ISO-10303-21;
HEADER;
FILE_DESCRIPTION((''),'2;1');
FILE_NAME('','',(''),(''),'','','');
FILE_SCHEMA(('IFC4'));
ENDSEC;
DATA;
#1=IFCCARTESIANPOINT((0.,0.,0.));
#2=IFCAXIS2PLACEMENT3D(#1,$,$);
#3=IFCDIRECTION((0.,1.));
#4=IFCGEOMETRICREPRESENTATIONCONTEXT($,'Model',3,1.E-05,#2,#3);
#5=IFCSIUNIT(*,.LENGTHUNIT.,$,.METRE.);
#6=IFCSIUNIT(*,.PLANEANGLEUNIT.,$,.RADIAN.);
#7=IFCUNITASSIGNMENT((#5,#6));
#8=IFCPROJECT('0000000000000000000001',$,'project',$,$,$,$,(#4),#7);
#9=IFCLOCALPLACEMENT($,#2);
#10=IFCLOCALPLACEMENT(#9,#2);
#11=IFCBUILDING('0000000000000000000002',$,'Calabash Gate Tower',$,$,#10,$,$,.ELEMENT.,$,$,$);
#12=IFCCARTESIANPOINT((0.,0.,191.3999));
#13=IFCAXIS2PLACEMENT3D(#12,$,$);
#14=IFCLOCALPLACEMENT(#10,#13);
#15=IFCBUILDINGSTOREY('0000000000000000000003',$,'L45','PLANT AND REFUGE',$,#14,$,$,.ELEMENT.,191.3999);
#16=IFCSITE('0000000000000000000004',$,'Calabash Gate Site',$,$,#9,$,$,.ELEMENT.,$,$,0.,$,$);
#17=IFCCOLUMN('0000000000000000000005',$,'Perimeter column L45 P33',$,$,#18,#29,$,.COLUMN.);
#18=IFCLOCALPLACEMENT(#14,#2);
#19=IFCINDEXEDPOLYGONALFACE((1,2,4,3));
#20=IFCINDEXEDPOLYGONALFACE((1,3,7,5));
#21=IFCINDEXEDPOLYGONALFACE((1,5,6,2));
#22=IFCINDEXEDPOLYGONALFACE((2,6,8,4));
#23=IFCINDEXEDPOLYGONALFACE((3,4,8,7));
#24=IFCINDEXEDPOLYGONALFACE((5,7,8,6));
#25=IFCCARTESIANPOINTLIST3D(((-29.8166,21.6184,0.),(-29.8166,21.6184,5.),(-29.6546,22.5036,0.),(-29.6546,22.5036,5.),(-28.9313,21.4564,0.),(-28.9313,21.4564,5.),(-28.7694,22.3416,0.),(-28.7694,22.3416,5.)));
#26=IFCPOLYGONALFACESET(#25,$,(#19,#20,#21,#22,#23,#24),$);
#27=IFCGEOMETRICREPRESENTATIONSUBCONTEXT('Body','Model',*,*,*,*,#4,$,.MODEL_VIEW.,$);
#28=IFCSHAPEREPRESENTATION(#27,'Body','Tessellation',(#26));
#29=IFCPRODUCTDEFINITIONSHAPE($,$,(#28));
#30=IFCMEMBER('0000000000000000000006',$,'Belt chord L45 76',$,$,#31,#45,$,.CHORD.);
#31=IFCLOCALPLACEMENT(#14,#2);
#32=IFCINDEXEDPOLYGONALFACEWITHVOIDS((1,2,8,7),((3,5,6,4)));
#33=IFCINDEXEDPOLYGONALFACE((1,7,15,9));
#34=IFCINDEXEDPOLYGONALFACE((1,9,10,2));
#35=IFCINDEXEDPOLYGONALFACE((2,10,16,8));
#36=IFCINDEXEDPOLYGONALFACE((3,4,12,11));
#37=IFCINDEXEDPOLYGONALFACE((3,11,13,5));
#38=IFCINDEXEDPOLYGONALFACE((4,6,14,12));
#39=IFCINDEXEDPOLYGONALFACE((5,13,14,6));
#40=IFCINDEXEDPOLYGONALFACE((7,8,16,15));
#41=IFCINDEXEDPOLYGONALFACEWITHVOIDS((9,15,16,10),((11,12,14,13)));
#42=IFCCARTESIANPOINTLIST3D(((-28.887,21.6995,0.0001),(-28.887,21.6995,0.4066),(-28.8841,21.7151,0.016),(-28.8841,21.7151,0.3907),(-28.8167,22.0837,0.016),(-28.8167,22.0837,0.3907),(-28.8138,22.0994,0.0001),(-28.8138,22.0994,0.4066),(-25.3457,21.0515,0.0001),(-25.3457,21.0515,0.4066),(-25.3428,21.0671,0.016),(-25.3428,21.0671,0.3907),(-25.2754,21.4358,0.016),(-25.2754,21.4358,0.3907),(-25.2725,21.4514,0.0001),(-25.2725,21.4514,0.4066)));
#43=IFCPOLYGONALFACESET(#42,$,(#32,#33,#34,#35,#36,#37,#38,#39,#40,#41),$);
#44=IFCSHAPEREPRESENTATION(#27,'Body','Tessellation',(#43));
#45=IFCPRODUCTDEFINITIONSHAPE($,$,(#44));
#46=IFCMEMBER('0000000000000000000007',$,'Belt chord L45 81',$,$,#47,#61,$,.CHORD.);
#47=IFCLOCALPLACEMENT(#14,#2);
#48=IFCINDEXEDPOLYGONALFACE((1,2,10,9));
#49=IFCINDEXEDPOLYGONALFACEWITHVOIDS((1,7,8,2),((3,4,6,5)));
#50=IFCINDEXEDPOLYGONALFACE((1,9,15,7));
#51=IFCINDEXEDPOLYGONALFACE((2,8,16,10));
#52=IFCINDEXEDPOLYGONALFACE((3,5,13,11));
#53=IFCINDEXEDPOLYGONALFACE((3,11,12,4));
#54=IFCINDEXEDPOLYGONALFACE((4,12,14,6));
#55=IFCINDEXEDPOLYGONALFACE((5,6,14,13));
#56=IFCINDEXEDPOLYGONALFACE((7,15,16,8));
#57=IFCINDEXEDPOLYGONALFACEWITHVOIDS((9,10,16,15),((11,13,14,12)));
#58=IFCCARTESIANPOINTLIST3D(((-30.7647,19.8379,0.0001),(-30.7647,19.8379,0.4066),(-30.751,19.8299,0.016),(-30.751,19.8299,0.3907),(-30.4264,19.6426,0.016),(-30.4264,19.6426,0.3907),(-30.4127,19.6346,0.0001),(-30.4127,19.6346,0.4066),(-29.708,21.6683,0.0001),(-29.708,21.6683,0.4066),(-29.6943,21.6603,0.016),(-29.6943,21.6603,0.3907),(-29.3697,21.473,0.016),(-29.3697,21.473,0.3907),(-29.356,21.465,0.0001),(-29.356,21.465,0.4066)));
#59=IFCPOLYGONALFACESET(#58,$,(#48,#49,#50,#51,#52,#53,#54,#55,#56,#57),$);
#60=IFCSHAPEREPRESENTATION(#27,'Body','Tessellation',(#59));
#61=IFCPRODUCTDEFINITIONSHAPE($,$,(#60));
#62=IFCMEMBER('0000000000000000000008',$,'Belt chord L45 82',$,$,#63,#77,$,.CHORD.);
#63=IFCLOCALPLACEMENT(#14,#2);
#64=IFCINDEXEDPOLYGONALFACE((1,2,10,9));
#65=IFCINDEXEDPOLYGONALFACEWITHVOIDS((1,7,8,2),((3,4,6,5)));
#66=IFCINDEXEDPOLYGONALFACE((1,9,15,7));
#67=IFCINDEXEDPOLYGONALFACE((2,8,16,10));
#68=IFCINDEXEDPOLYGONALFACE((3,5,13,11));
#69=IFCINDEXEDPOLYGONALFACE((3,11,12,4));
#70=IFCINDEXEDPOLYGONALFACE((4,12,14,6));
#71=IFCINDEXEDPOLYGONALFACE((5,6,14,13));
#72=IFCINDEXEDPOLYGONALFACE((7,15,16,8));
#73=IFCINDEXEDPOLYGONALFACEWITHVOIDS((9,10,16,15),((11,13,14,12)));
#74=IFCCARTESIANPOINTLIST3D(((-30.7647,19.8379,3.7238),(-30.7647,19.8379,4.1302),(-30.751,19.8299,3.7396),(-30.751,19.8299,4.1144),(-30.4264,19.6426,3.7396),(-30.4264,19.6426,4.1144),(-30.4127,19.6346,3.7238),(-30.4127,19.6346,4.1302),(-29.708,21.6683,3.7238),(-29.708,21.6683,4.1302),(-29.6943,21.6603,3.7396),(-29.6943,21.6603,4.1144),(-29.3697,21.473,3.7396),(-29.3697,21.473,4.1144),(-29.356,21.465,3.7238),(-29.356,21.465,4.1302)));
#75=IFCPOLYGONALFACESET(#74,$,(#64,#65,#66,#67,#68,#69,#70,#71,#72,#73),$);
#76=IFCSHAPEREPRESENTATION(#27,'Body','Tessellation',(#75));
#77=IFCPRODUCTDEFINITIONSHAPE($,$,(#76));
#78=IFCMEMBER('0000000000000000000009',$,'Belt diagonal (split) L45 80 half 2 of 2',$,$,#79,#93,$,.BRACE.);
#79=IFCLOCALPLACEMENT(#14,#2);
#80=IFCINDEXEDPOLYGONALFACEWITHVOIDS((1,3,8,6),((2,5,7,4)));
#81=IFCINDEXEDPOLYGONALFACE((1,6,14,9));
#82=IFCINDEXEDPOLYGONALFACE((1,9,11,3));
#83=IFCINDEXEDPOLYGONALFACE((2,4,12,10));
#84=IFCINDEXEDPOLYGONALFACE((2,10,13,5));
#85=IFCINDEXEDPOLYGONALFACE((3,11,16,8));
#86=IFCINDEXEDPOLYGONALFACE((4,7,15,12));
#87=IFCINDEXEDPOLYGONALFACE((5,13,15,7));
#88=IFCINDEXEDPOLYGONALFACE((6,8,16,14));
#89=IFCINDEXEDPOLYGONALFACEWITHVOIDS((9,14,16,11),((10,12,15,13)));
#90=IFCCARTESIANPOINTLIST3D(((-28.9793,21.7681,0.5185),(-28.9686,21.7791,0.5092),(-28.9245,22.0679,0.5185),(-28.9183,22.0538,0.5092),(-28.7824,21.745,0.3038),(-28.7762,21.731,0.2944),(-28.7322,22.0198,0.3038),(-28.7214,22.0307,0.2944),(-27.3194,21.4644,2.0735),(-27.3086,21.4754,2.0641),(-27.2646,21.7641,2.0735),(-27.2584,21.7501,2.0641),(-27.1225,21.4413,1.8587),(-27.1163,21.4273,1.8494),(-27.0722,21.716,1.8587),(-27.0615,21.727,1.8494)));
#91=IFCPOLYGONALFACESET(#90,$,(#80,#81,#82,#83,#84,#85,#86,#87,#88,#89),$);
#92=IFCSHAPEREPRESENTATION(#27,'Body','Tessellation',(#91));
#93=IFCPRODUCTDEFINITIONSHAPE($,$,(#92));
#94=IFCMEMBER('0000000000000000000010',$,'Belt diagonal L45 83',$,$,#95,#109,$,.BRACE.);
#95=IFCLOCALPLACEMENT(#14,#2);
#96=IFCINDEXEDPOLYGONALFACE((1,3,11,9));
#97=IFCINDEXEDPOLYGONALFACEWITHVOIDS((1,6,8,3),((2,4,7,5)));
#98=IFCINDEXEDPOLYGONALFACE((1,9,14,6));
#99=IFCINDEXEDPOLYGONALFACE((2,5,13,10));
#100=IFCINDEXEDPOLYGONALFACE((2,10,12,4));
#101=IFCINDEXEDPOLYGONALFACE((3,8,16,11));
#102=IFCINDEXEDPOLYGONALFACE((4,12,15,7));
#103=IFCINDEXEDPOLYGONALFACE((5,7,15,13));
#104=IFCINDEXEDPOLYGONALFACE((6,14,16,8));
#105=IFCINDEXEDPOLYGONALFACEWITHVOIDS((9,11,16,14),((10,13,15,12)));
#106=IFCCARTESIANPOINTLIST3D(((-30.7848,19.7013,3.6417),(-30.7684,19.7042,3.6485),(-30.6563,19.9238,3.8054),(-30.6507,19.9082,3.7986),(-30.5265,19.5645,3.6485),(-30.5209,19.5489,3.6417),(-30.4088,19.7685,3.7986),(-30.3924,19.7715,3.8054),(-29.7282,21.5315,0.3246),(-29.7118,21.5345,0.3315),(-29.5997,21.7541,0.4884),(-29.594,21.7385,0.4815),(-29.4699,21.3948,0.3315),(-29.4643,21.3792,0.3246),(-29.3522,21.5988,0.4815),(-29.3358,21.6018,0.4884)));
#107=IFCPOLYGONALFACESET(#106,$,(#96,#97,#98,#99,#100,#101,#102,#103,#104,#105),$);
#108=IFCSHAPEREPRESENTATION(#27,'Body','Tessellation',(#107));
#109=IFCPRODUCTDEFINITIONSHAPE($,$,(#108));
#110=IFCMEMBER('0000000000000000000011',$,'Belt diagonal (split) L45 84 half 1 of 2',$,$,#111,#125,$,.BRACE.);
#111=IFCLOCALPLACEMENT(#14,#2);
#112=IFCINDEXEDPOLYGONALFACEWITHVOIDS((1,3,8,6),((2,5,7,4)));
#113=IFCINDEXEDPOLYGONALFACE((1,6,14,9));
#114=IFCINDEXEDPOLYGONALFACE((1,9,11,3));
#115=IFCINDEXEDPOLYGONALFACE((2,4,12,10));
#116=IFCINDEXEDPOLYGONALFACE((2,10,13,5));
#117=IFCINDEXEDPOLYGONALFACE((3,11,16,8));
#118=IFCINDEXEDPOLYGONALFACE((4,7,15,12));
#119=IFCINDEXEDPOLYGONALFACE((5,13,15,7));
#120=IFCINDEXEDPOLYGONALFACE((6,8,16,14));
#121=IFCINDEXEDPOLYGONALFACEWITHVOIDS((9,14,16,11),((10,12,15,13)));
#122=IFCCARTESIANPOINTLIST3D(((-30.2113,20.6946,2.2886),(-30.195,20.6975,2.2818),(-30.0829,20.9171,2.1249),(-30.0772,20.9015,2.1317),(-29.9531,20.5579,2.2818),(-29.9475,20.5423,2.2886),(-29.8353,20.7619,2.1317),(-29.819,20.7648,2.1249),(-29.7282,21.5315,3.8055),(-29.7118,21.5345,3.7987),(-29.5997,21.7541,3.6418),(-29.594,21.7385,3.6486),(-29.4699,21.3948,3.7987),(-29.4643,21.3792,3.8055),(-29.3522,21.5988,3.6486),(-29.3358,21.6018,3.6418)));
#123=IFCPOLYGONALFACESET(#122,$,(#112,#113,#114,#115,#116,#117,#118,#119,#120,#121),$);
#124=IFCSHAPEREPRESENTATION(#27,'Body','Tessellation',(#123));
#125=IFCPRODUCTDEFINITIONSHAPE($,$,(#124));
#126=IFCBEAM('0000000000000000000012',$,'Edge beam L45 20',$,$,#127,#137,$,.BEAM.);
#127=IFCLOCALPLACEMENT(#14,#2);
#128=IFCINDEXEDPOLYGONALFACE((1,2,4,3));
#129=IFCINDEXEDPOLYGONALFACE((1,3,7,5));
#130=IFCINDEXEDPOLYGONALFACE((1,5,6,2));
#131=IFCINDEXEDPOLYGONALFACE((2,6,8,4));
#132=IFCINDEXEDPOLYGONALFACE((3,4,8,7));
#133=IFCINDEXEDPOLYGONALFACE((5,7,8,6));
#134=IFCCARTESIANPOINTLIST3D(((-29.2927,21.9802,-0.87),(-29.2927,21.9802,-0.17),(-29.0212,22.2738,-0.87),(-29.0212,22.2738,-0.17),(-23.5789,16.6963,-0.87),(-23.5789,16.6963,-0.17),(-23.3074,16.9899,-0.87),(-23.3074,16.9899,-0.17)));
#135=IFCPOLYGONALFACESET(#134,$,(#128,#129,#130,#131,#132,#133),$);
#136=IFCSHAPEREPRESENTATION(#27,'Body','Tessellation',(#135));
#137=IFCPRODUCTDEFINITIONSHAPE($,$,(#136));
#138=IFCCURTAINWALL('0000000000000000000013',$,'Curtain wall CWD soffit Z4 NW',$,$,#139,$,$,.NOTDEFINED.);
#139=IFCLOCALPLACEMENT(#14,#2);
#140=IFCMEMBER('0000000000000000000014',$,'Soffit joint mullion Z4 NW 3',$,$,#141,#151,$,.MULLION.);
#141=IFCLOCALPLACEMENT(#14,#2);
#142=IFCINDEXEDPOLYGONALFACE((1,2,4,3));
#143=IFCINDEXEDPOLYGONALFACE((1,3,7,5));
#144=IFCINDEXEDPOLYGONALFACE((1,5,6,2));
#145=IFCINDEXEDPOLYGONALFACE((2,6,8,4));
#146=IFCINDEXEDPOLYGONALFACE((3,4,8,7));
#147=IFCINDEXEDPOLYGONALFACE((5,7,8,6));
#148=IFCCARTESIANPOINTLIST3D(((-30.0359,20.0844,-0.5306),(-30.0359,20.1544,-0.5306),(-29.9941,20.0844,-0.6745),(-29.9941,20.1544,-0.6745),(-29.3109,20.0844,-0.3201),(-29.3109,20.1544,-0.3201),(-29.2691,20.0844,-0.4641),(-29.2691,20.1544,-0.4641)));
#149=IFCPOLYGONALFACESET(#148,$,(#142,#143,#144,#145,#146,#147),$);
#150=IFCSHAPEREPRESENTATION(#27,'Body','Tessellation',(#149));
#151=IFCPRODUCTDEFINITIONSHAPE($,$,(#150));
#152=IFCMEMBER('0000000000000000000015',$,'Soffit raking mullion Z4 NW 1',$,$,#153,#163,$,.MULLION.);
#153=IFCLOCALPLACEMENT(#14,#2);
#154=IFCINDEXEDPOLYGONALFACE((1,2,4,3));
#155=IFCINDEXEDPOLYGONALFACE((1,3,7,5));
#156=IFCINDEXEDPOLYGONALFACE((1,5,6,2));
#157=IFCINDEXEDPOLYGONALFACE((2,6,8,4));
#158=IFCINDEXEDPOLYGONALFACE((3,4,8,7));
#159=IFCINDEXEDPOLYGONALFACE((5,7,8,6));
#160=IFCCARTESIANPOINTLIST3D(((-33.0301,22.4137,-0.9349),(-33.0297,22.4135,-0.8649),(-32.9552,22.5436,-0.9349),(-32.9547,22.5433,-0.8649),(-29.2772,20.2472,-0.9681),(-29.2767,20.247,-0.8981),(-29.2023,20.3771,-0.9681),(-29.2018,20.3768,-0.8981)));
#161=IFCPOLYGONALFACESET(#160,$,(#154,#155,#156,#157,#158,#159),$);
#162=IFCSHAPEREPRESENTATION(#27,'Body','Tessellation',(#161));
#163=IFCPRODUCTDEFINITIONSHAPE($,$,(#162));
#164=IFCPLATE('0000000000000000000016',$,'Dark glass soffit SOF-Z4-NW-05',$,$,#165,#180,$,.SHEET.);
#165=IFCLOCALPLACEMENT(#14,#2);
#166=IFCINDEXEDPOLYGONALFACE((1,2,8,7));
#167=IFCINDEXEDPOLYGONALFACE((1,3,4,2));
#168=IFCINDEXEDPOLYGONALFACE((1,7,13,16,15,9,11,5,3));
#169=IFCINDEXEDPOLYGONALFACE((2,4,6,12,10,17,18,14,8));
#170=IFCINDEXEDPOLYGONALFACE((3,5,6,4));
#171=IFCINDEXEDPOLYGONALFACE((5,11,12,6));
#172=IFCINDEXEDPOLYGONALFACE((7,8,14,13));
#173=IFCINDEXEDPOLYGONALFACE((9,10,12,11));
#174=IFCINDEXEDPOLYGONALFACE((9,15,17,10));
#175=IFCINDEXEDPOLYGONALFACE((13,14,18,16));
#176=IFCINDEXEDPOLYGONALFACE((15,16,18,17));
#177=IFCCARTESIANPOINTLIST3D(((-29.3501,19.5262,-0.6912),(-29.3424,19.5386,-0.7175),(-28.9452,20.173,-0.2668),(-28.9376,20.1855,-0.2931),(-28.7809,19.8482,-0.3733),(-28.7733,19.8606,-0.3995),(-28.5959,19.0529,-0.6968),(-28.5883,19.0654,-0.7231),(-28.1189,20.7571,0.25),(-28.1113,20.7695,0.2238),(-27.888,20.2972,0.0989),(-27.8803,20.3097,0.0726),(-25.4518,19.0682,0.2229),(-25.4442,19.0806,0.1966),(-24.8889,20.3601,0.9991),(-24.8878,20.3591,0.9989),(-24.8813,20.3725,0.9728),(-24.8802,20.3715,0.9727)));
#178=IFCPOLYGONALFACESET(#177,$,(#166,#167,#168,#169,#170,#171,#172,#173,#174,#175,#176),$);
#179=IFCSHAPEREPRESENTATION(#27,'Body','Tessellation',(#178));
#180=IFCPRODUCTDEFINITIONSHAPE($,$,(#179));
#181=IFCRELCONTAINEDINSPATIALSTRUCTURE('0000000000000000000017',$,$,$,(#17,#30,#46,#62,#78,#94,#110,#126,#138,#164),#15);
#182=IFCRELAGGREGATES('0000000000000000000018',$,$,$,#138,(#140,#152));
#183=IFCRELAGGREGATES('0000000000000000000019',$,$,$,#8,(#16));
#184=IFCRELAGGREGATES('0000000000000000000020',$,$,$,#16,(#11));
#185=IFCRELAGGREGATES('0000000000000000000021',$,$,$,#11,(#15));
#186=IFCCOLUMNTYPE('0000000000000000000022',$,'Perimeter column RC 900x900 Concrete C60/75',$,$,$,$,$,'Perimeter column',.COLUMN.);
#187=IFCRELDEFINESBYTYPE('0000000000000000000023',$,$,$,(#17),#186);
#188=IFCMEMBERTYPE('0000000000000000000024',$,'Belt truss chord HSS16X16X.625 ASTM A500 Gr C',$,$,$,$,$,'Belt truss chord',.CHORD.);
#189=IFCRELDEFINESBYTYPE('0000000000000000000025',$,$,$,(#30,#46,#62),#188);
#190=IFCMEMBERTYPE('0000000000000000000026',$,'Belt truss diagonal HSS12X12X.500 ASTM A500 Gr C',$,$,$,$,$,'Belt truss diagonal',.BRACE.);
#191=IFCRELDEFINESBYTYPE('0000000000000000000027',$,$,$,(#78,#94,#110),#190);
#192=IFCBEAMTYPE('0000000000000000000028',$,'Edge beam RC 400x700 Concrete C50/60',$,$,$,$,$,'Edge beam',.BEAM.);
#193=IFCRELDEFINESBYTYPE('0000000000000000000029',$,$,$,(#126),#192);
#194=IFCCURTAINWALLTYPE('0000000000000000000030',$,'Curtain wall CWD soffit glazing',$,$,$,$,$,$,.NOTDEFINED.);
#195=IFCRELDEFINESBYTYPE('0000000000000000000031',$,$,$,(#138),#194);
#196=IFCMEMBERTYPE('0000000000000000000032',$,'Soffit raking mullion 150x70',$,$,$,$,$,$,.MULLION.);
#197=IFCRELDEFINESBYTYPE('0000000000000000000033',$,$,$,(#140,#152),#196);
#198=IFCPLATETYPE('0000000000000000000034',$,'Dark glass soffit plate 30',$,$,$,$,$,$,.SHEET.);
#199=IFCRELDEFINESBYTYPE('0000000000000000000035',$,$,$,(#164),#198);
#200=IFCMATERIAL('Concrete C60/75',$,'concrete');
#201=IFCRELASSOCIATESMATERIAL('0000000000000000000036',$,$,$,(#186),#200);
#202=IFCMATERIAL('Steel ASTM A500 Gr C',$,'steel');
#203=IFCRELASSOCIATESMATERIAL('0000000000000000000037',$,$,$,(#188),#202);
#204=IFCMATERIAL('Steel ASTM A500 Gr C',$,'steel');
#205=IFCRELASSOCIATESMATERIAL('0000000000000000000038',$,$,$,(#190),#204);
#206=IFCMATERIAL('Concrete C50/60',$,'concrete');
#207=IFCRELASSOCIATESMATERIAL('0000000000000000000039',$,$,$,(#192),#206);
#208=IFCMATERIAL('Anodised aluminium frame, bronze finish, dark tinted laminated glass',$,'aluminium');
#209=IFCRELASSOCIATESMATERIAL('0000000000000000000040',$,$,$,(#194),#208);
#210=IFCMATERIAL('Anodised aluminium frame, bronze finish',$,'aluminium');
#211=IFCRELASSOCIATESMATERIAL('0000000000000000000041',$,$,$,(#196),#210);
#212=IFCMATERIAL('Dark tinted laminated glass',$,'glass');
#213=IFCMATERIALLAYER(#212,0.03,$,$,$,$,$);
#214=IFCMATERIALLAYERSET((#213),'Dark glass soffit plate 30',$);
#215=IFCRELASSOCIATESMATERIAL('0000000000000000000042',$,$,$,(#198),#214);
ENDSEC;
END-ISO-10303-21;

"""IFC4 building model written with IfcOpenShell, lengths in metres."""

from ifc_helpers import new_model, si_unit, direction, frame, origin, origin_2d, place, context, subcontext, project, spatial, polyline, rectangle, hollow_rectangle, outline, extrude, material, layer, layer_set, material_profile, profile_set, type_object, element, aggregate, save


model = new_model("IFC4")

# Units and contexts
model_context = context("Model", 3, precision=1e-05, world=origin(), true_north=direction((0.0, 1.0)))
body_context = subcontext(model_context, "Body", "Model", "MODEL_VIEW")
ifc_project = project(units=[si_unit("LENGTHUNIT", "METRE"), si_unit("PLANEANGLEUNIT", "RADIAN")], contexts=[model_context])

# Site, building, storey
site_placement = place(None, origin())
site = spatial("IfcSite", under=ifc_project, at=site_placement, Name="Calabash Gate Site", CompositionType="ELEMENT", RefElevation=0.0)
building_placement = place(site_placement, origin())
building = spatial("IfcBuilding", under=site, at=building_placement, Name="Calabash Gate Tower", CompositionType="ELEMENT")
storey_placement = place(building_placement, frame((0.0, 0.0, 191.3999)))
storey = spatial("IfcBuildingStorey", under=building, at=storey_placement, Name="L45", Description="PLANT AND REFUGE", CompositionType="ELEMENT", Elevation=191.3999)

# Column
ifc_material_1 = material(Name="Concrete C60/75", Category="concrete")
ifc_material_profile_1 = material_profile(ifc_material_1, rectangle(XDim=0.8999, YDim=0.8999, at=origin_2d()))
ifc_profile_set_1 = profile_set([ifc_material_profile_1], Name="Concrete C60/75")
column_type = type_object("IfcColumnType", Name="Perimeter column RC 900x900 Concrete C60/75", ElementType="Perimeter column", PredefinedType="COLUMN", material=ifc_profile_set_1)
column_placement = place(storey_placement, frame((-29.293, 21.98, 0.0), z_axis=(0.0, 0.0, 1.0), x_axis=(-0.98367, 0.179982, 0.0)))
element("IfcColumn", 1, at=column_placement, inside=storey, type_object=column_type, Name="Perimeter column L45 P33", PredefinedType="COLUMN", context=body_context, shape_type="SweptSolid", body=[
    extrude(rectangle(XDim=0.8999, YDim=0.8999, at=origin_2d()), origin(), (0.0, 0.0, 1.0), 5.0),
])

# Members
ifc_material_2 = material(Name="Steel ASTM A500 Gr C", Category="steel")
ifc_material_profile_2 = material_profile(ifc_material_2, hollow_rectangle(XDim=0.4065, YDim=0.4065, WallThickness=0.0159, at=origin_2d()))
ifc_profile_set_2 = profile_set([ifc_material_profile_2], Name="Steel ASTM A500 Gr C")
member_type_1 = type_object("IfcMemberType", Name="Belt truss chord HSS16X16X.625 ASTM A500 Gr C", ElementType="Belt truss chord", PredefinedType="CHORD", material=ifc_profile_set_2)
member_1_placement = place(storey_placement, frame((-25.3091, 21.2515, 0.2034), z_axis=(-0.98367, 0.179983, 0.0), x_axis=(-0.179983, -0.98367, 0.0)))
element("IfcMember", 2, at=member_1_placement, inside=storey, type_object=member_type_1, Name="Belt chord L45 76", PredefinedType="CHORD", context=body_context, shape_type="SweptSolid", body=[
    extrude(hollow_rectangle(XDim=0.4065, YDim=0.4065, WallThickness=0.0159, at=origin_2d()), origin(), (0.0, 0.0, 1.0), 3.6001),
])
for number, where, z_axis, x_axis, name in (
    (3, (-29.532, 21.5667, 0.2034), (-0.499966, -0.866045, 0.0), (0.866045, -0.499966, 0.0), "Belt chord L45 81"),
    (4, (-29.532, 21.5667, 3.927), (-0.499966, -0.866045, 0.0), (0.866045, -0.499966, 0.0), "Belt chord L45 82"),
):
    element("IfcMember", number, at=place(storey_placement, frame(where, z_axis=z_axis, x_axis=x_axis)), inside=storey, type_object=member_type_1, Name=name, PredefinedType="CHORD", context=body_context, shape_type="SweptSolid", body=[
        extrude(hollow_rectangle(XDim=0.4065, YDim=0.4065, WallThickness=0.0159, at=origin_2d()), origin(), (0.0, 0.0, 1.0), 2.1135),
    ])
ifc_material_3 = material(Name="Steel ASTM A500 Gr C", Category="steel")
ifc_material_profile_3 = material_profile(ifc_material_3, hollow_rectangle(XDim=0.3047, YDim=0.3047, WallThickness=0.0127, at=origin_2d()))
ifc_profile_set_3 = profile_set([ifc_material_profile_3], Name="Steel ASTM A500 Gr C")
member_type_2 = type_object("IfcMemberType", Name="Belt truss diagonal HSS12X12X.500 ASTM A500 Gr C", ElementType="Belt truss diagonal", PredefinedType="BRACE", material=ifc_profile_set_3)
member_2_placement = place(storey_placement, frame((-27.1904, 21.5957, 1.9614), z_axis=(-0.723388, 0.132357, -0.677637), x_axis=(-0.17998, -0.98367, 0.0)))
element("IfcMember", 5, at=member_2_placement, inside=storey, type_object=member_type_2, Name="Belt diagonal (split) L45 80 half 2 of 2", PredefinedType="BRACE", context=body_context, shape_type="SweptSolid", body=[
    extrude(hollow_rectangle(XDim=0.3047, YDim=0.3047, WallThickness=0.0127, at=origin_2d()), origin(), (0.0, 0.0, 1.0), 2.2947),
])
member_3_placement = place(storey_placement, frame((-29.532, 21.5667, 0.4065), z_axis=(-0.268647, -0.465353, 0.843371), x_axis=(0.866045, -0.499966, 0.0)))
element("IfcMember", 6, at=member_3_placement, inside=storey, type_object=member_type_2, Name="Belt diagonal L45 83", PredefinedType="BRACE", context=body_context, shape_type="SweptSolid", body=[
    extrude(hollow_rectangle(XDim=0.3047, YDim=0.3047, WallThickness=0.0127, at=origin_2d()), origin(), (0.0, 0.0, 1.0), 3.9331),
])
member_4_placement = place(storey_placement, frame((-29.532, 21.5667, 3.7236), z_axis=(-0.26864, -0.465334, -0.843384), x_axis=(0.866043, -0.49997, 0.0)))
element("IfcMember", 7, at=member_4_placement, inside=storey, type_object=member_type_2, Name="Belt diagonal (split) L45 84 half 1 of 2", PredefinedType="BRACE", context=body_context, shape_type="SweptSolid", body=[
    extrude(hollow_rectangle(XDim=0.3047, YDim=0.3047, WallThickness=0.0127, at=origin_2d()), origin(), (0.0, 0.0, 1.0), 1.7986),
])

# Beam
ifc_material_4 = material(Name="Concrete C50/60", Category="concrete")
ifc_material_profile_4 = material_profile(ifc_material_4, rectangle(XDim=0.3999, YDim=0.7, at=origin_2d()))
ifc_profile_set_4 = profile_set([ifc_material_profile_4], Name="Concrete C50/60")
beam_type = type_object("IfcBeamType", Name="Edge beam RC 400x700 Concrete C50/60", ElementType="Edge beam", PredefinedType="BEAM", material=ifc_profile_set_4)
beam_placement = place(storey_placement, frame((-29.157, 22.127, -0.52), z_axis=(0.734189, -0.678946, 0.0), x_axis=(0.678946, 0.734189, 0.0)))
element("IfcBeam", 8, at=beam_placement, inside=storey, type_object=beam_type, Name="Edge beam L45 20", PredefinedType="BEAM", context=body_context, shape_type="SweptSolid", body=[
    extrude(rectangle(XDim=0.3999, YDim=0.7, at=origin_2d()), origin(), (0.0, 0.0, 1.0), 7.7825),
])

# Curtain wall, members
ifc_material_5 = material(Name="Anodised aluminium frame, bronze finish, dark tinted laminated glass", Category="aluminium")
curtain_wall_type = type_object("IfcCurtainWallType", Name="Curtain wall CWD soffit glazing", PredefinedType="NOTDEFINED", material=ifc_material_5)
curtain_wall_placement = place(storey_placement, origin())
curtain_wall = element("IfcCurtainWall", 9, at=curtain_wall_placement, inside=storey, type_object=curtain_wall_type, Name="Curtain wall CWD soffit Z4 NW", PredefinedType="NOTDEFINED")
ifc_material_6 = material(Name="Anodised aluminium frame, bronze finish", Category="aluminium")
ifc_material_profile_5 = material_profile(ifc_material_6, rectangle(XDim=0.1499, YDim=0.0701, at=origin_2d()))
ifc_profile_set_5 = profile_set([ifc_material_profile_5], Name="Anodised aluminium frame, bronze finish")
member_type_3 = type_object("IfcMemberType", Name="Soffit raking mullion 150x70", PredefinedType="MULLION", material=ifc_profile_set_5)
member_5_placement = place(storey_placement, frame((-29.29, 20.1194, -0.3921), z_axis=(-0.960343, 0.0, -0.27882), x_axis=(-0.27882, 0.0, 0.960343)))
member_5 = element("IfcMember", 10, at=member_5_placement, type_object=member_type_3, Name="Soffit joint mullion Z4 NW 3", PredefinedType="MULLION", context=body_context, shape_type="SweptSolid", body=[
    extrude(rectangle(XDim=0.1499, YDim=0.0701, at=origin_2d()), origin(), (0.0, 0.0, 1.0), 0.7549),
])
member_6_placement = place(storey_placement, frame((-29.2395, 20.312, -0.9331), z_axis=(-0.866025, 0.499942, 0.007662), x_axis=(-0.499957, -0.86605, 0.0)))
member_6 = element("IfcMember", 11, at=member_6_placement, type_object=member_type_3, Name="Soffit raking mullion Z4 NW 1", PredefinedType="MULLION", context=body_context, shape_type="SweptSolid", body=[
    extrude(rectangle(XDim=0.1499, YDim=0.0701, at=origin_2d()), origin(), (0.0, 0.0, 1.0), 4.3335),
])
aggregate(curtain_wall, [member_5, member_6])

# Plate
ifc_material_7 = material(Name="Dark tinted laminated glass", Category="glass")
ifc_layer_1 = layer(ifc_material_7, 0.03)
ifc_layer_set_1 = layer_set([ifc_layer_1], Name="Dark glass soffit plate 30")
plate_type_1 = type_object("IfcPlateType", Name="Dark glass soffit plate 30", PredefinedType="SHEET", material=ifc_layer_set_1)
plate_1_placement = place(storey_placement, frame((-28.1189, 20.7571, 0.25), z_axis=(-0.253636, -0.41457, 0.873957), x_axis=(0.967238, -0.118883, 0.224315)))
element("IfcPlate", 12, at=plate_1_placement, inside=storey, type_object=plate_type_1, Name="Dark glass soffit SOF-Z4-NW-05", PredefinedType="SHEET", context=body_context, shape_type="SweptSolid", body=[
    extrude(outline(polyline([(0.0, 0.0), (3.3394, 0.0), (3.3406, -0.001), (2.7744, -1.5063), (-0.4712, -1.9509), (-1.2556, -1.5298), (-0.8457, -0.7588), (-0.6721, -1.0959), (0.2441, -0.4775), (0.0, 0.0)])), origin(), (0.0, 0.0, -1.0), 0.03),
])

save(model, "model.ifc")
